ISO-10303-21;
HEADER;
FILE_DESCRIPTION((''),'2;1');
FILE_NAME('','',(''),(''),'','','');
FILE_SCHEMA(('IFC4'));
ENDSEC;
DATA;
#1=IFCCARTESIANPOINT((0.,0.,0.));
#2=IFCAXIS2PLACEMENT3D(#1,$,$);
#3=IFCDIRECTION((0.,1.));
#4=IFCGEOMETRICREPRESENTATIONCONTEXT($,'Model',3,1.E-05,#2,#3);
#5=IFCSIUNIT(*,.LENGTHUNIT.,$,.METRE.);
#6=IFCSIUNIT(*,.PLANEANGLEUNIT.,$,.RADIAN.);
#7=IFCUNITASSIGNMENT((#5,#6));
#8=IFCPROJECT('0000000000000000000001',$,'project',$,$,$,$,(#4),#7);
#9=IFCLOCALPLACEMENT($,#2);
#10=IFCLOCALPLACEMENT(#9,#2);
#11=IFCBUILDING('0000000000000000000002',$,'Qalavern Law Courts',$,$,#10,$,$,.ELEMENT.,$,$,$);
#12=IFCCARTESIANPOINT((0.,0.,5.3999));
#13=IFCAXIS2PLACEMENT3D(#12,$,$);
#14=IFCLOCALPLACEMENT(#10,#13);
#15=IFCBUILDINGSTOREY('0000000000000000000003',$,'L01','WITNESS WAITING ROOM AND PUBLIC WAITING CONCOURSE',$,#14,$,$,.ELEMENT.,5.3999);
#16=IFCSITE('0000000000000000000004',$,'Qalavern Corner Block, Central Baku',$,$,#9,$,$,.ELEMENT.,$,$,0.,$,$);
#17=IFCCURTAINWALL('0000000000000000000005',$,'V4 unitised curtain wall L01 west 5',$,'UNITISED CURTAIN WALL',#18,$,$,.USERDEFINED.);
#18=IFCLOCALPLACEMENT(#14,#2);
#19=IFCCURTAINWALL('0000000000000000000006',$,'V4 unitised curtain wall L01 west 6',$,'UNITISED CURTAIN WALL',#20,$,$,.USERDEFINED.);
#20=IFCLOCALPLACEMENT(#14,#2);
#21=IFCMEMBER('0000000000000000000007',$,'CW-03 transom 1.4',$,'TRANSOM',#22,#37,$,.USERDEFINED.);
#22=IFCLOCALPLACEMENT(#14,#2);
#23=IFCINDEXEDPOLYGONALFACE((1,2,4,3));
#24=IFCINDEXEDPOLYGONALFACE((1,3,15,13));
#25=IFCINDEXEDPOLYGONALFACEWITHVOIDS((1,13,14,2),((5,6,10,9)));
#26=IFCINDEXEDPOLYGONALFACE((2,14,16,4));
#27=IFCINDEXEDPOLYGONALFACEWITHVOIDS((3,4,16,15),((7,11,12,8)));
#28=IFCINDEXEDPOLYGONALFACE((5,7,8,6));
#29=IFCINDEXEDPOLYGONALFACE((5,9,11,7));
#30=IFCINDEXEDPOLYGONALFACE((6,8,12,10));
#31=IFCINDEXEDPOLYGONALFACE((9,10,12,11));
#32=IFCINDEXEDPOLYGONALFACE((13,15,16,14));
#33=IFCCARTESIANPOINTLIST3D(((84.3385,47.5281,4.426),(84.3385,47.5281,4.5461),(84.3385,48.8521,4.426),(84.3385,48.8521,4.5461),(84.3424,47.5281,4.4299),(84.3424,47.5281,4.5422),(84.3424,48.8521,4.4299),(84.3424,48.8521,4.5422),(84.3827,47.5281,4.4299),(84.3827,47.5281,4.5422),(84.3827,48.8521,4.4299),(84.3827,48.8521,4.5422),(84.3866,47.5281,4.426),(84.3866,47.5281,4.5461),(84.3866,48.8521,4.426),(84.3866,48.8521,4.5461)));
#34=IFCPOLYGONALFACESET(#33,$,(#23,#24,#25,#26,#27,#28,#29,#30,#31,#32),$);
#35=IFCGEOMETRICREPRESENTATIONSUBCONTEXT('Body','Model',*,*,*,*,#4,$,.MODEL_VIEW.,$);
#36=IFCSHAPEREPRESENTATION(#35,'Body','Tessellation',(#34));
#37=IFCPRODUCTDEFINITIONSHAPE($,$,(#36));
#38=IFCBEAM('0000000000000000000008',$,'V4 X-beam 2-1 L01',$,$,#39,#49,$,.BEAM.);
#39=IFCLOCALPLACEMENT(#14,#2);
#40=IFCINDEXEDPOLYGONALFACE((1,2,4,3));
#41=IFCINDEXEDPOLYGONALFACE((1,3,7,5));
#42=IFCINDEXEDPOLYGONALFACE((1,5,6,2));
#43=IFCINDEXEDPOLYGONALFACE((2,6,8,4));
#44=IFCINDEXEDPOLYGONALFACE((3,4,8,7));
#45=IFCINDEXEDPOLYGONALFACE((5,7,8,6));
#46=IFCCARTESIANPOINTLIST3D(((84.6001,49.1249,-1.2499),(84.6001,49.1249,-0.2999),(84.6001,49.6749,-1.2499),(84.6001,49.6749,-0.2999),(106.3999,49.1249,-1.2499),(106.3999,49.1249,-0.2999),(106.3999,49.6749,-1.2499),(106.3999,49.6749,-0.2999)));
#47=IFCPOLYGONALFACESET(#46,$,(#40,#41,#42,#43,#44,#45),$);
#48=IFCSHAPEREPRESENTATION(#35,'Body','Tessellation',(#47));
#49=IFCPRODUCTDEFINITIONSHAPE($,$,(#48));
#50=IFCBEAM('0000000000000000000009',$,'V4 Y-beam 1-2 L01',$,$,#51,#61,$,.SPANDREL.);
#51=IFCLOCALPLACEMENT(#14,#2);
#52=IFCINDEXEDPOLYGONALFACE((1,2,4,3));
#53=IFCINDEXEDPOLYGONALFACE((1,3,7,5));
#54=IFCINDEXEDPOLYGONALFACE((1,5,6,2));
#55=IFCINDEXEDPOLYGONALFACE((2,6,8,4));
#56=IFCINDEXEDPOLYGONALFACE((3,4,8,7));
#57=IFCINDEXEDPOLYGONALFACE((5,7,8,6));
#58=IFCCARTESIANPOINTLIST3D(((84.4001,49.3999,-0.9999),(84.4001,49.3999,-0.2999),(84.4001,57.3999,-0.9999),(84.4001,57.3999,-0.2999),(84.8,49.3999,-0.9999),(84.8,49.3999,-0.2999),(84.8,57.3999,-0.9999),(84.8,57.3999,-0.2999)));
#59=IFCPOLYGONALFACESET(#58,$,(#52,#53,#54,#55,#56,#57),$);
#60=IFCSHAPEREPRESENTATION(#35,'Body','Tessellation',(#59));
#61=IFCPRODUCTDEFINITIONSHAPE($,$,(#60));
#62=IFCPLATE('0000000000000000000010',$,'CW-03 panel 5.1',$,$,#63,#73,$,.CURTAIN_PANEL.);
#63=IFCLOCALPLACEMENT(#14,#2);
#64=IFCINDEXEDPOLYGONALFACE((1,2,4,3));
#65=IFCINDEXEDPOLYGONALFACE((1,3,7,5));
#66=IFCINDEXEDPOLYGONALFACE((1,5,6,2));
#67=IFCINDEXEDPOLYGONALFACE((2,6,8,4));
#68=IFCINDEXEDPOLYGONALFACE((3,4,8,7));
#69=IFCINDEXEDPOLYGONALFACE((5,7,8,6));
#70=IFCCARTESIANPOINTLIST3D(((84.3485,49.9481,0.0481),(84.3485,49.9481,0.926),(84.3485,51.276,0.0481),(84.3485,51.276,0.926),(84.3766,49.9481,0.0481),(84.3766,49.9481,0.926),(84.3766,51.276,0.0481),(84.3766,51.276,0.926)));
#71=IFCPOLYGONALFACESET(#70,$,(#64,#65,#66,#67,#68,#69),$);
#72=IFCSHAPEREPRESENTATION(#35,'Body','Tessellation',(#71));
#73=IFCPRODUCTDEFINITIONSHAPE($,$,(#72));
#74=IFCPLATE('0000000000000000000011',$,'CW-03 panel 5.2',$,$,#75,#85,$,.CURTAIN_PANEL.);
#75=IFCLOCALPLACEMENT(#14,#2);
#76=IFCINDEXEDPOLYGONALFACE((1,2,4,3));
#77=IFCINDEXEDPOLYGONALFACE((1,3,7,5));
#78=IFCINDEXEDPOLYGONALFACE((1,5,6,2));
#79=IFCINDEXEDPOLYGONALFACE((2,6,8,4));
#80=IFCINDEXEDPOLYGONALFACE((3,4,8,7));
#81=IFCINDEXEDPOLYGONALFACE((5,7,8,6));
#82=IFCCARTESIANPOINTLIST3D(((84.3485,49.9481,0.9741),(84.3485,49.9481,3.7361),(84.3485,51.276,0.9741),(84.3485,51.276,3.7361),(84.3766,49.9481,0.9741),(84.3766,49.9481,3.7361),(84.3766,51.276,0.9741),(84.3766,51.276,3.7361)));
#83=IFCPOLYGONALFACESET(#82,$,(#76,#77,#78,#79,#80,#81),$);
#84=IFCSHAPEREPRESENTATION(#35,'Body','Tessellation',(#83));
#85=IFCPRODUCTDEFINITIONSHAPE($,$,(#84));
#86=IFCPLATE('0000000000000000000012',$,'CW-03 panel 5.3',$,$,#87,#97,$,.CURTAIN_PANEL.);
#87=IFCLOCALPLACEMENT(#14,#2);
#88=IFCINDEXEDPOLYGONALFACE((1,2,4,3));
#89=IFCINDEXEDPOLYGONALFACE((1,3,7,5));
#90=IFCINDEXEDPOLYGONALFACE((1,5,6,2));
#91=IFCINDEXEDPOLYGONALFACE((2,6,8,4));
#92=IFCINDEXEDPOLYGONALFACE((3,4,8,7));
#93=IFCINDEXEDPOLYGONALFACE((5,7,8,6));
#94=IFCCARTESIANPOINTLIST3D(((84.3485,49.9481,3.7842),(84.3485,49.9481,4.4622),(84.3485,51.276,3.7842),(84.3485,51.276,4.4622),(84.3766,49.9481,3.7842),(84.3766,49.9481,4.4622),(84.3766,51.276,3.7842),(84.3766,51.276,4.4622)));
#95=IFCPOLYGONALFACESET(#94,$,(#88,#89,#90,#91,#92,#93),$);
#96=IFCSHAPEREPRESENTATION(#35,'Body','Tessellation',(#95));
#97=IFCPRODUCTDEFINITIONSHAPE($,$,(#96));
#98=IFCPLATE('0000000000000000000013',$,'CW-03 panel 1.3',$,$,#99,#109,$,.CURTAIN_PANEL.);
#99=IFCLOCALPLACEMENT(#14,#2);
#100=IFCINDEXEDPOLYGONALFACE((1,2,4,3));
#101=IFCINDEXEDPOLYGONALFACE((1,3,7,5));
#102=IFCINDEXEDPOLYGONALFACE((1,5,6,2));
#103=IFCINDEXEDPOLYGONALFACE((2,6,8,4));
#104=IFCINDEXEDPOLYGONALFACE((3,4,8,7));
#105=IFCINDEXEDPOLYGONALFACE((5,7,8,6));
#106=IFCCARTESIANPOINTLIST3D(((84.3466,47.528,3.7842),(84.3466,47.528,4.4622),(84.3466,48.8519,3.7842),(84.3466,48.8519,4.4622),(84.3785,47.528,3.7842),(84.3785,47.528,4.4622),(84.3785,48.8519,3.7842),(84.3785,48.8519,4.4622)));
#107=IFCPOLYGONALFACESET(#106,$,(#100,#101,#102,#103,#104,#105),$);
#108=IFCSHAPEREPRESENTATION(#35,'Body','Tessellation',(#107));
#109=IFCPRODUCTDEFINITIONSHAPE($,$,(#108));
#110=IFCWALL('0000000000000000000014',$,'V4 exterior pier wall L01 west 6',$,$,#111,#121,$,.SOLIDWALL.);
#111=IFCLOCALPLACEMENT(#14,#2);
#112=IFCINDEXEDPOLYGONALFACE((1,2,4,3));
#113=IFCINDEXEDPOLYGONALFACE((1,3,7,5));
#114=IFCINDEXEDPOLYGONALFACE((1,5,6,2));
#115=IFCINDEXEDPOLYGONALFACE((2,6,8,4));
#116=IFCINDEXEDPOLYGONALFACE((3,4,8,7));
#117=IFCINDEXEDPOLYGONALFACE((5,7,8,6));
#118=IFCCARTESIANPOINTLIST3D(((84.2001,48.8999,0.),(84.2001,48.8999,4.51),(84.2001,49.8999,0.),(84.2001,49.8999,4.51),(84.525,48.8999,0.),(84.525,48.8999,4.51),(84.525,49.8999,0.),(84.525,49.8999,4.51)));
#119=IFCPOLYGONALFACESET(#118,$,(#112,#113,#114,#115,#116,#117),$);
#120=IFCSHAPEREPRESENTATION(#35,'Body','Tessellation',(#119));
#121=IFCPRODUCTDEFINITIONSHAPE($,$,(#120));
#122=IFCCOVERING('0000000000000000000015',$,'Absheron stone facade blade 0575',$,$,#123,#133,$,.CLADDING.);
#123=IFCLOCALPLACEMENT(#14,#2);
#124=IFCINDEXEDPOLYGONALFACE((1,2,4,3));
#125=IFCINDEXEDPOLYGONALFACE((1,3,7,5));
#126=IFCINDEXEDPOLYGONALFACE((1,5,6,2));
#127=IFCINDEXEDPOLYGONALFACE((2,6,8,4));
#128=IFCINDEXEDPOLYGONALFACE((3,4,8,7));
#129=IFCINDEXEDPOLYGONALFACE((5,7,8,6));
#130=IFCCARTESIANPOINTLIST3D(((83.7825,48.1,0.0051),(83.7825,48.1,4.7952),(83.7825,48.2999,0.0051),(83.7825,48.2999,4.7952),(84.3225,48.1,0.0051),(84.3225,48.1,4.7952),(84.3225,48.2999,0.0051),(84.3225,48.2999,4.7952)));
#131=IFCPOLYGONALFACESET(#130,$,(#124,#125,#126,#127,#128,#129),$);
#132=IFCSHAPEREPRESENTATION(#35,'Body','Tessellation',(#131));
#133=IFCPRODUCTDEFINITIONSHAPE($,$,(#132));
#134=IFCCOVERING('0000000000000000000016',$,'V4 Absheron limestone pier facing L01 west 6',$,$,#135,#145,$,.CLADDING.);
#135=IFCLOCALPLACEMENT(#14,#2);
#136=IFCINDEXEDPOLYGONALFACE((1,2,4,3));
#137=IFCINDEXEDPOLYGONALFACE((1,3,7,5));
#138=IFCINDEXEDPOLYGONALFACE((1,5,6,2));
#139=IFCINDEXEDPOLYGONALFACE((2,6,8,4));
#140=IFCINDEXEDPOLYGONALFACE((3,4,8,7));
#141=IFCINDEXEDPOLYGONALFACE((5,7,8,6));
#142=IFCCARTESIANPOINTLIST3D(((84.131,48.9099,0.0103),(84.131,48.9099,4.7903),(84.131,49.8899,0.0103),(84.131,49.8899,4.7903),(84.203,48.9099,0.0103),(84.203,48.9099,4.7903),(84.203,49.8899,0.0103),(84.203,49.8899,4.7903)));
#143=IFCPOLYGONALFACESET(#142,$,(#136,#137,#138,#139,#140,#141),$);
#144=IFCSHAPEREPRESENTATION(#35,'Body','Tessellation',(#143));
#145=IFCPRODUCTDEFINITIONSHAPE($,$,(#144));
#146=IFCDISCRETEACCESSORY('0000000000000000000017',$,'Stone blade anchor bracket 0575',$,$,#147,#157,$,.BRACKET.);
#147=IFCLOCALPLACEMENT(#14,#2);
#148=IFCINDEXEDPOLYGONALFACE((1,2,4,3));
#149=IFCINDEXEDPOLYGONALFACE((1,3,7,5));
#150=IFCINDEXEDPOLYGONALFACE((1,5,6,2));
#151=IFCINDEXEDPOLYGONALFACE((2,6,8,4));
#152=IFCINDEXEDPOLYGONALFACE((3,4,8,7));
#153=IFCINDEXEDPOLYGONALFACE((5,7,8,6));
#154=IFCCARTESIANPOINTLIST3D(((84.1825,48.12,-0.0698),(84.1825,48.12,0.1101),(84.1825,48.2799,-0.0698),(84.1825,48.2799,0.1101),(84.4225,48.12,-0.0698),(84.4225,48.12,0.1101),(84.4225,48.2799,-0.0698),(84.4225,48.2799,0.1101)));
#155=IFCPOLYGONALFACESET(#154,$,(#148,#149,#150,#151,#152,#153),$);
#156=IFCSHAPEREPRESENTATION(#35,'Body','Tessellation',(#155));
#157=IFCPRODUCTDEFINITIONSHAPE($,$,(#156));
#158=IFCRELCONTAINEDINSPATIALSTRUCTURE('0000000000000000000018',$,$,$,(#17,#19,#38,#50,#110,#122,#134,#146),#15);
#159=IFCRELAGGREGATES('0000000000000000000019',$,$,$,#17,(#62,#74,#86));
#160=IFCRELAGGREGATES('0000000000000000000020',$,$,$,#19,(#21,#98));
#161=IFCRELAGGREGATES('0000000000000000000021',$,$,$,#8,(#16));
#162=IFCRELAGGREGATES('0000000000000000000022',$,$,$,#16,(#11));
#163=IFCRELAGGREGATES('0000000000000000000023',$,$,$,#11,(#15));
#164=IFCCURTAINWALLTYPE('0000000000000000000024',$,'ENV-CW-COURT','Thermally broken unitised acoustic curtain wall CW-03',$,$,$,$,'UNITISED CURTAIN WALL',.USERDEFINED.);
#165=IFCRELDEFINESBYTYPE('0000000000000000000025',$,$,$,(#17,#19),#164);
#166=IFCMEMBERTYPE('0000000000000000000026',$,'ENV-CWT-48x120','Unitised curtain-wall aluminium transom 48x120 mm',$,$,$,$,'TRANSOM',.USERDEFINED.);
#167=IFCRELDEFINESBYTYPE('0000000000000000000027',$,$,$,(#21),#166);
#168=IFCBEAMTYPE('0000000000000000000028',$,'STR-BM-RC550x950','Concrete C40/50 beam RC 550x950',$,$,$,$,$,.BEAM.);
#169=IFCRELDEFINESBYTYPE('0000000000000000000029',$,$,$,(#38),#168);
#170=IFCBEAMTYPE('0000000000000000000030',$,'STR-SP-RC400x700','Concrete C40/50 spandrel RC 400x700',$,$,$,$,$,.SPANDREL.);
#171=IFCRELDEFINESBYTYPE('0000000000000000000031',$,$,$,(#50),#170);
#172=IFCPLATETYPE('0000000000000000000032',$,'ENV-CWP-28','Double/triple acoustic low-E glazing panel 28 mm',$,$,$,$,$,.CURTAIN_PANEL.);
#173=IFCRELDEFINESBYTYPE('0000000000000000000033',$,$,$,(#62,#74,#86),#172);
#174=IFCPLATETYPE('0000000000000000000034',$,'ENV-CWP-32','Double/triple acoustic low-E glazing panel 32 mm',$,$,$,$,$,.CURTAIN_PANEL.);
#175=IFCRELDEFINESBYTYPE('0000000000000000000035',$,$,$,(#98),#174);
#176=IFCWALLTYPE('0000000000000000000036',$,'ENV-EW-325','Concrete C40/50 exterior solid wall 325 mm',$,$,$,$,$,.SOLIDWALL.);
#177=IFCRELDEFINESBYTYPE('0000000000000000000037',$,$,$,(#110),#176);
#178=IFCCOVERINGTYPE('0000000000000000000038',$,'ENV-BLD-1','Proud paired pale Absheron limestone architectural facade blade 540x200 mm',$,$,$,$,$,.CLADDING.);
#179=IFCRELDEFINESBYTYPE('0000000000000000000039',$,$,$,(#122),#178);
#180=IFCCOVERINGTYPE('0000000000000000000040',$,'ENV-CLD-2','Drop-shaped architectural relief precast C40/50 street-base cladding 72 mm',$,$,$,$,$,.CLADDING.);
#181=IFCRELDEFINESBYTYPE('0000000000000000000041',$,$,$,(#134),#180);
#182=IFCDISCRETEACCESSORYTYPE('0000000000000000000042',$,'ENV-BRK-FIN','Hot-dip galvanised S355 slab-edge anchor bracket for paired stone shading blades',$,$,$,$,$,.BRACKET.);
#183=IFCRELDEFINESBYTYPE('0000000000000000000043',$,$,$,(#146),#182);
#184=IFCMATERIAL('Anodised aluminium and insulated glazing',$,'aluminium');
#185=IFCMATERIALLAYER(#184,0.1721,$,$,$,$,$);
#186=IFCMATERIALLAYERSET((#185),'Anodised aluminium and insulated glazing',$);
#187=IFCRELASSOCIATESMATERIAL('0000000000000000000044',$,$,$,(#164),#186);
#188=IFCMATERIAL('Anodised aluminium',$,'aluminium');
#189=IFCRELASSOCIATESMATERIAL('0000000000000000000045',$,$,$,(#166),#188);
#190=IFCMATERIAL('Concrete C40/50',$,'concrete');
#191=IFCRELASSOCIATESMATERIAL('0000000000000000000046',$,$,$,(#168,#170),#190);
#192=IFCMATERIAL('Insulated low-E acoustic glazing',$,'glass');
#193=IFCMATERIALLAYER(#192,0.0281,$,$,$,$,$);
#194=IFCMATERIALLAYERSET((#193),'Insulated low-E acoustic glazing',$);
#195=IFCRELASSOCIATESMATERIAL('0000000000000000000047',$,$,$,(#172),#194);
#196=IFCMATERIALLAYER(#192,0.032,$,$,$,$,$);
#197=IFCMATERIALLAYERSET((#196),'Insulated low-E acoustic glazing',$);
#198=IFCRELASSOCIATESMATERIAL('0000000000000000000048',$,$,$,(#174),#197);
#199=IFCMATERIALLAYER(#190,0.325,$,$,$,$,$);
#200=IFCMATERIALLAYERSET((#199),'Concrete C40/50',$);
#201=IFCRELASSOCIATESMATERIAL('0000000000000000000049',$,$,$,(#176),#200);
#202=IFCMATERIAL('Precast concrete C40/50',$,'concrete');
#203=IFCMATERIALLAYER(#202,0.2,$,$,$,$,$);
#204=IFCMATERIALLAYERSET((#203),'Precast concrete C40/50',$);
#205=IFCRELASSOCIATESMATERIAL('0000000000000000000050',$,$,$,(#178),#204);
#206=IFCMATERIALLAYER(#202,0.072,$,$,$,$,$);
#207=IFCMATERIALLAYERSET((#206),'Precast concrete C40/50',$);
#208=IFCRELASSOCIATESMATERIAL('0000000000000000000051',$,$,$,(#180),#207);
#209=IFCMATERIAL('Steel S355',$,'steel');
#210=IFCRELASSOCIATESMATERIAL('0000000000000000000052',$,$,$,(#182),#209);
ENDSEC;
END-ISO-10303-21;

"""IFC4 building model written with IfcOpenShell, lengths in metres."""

from ifc_helpers import new_model, si_unit, direction, frame, frame_2d, origin, origin_2d, place, context, subcontext, project, spatial, rectangle, hollow_rectangle, extrude, material, layer, layer_set, material_profile, profile_set, type_object, element, aggregate, save


model = new_model("IFC4")

# Units and contexts
model_context = context("Model", 3, precision=1e-05, world=origin(), true_north=direction((0.0, 1.0)))
body_context = subcontext(model_context, "Body", "Model", "MODEL_VIEW")
ifc_project = project(units=[si_unit("LENGTHUNIT", "METRE"), si_unit("PLANEANGLEUNIT", "RADIAN")], contexts=[model_context])

# Site, building, storey
site_placement = place(None, origin())
site = spatial("IfcSite", under=ifc_project, at=site_placement, Name="Qalavern Corner Block, Central Baku", CompositionType="ELEMENT", RefElevation=0.0)
building_placement = place(site_placement, origin())
building = spatial("IfcBuilding", under=site, at=building_placement, Name="Qalavern Law Courts", CompositionType="ELEMENT")
storey_placement = place(building_placement, frame((0.0, 0.0, 5.3999)))
storey = spatial("IfcBuildingStorey", under=building, at=storey_placement, Name="L01", Description="WITNESS WAITING ROOM AND PUBLIC WAITING CONCOURSE", CompositionType="ELEMENT", Elevation=5.3999)

# Curtain wall
ifc_material_1 = material(Name="Anodised aluminium and insulated glazing", Category="aluminium")
ifc_layer_1 = layer(ifc_material_1, 0.1721)
ifc_layer_set_1 = layer_set([ifc_layer_1], Name="Anodised aluminium and insulated glazing")
curtain_wall_type = type_object("IfcCurtainWallType", Name="ENV-CW-COURT", Description="Thermally broken unitised acoustic curtain wall CW-03", ElementType="UNITISED CURTAIN WALL", PredefinedType="USERDEFINED", material=ifc_layer_set_1)
curtain_wall_1_placement = place(storey_placement, origin())
curtain_wall_1 = element("IfcCurtainWall", 1, at=curtain_wall_1_placement, inside=storey, type_object=curtain_wall_type, Name="V4 unitised curtain wall L01 west 5", ObjectType="UNITISED CURTAIN WALL", PredefinedType="USERDEFINED")
ifc_material_2 = material(Name="Anodised aluminium", Category="aluminium")

# Curtain wall
curtain_wall_2_placement = place(storey_placement, origin())
curtain_wall_2 = element("IfcCurtainWall", 2, at=curtain_wall_2_placement, inside=storey, type_object=curtain_wall_type, Name="V4 unitised curtain wall L01 west 6", ObjectType="UNITISED CURTAIN WALL", PredefinedType="USERDEFINED")

# Member
ifc_material_profile_1 = material_profile(ifc_material_2, hollow_rectangle(XDim=0.0481, YDim=0.1201, WallThickness=0.0039, at=origin_2d()), Name="ALU TRANSOM 48x120")
ifc_profile_set_1 = profile_set([ifc_material_profile_1], Name="Anodised aluminium")
member_type_1 = type_object("IfcMemberType", Name="ENV-CWT-48x120", Description="Unitised curtain-wall aluminium transom 48x120 mm", ElementType="TRANSOM", PredefinedType="USERDEFINED", material=ifc_profile_set_1)
member_1_placement = place(storey_placement, frame((84.3625, 48.8521, 4.4861), z_axis=(0.0, -1.0, 0.0), x_axis=(1.0, 0.0, 0.0)))
member_1 = element("IfcMember", 3, at=member_1_placement, type_object=member_type_1, Name="CW-03 transom 1.4", ObjectType="TRANSOM", PredefinedType="USERDEFINED", context=body_context, shape_type="SweptSolid", body=[
    extrude(hollow_rectangle(XDim=0.0481, YDim=0.1201, WallThickness=0.0039, at=origin_2d()), origin(), (0.0, 0.0, 1.0), 1.324),
])

# Beams
ifc_material_3 = material(Name="Concrete C40/50", Category="concrete")
ifc_material_profile_2 = material_profile(ifc_material_3, rectangle(XDim=0.55, YDim=0.95, at=origin_2d()), Name="RC 550x950")
ifc_profile_set_2 = profile_set([ifc_material_profile_2], Name="Concrete C40/50")
beam_type_1 = type_object("IfcBeamType", Name="STR-BM-RC550x950", Description="Concrete C40/50 beam RC 550x950", PredefinedType="BEAM", material=ifc_profile_set_2)
beam_1_placement = place(storey_placement, frame((84.6001, 49.3999, -0.7749), z_axis=(1.0, 0.0, 0.0), x_axis=(0.0, 1.0, 0.0)))
element("IfcBeam", 4, at=beam_1_placement, inside=storey, type_object=beam_type_1, Name="V4 X-beam 2-1 L01", PredefinedType="BEAM", context=body_context, shape_type="SweptSolid", body=[
    extrude(rectangle(XDim=0.55, YDim=0.95, at=origin_2d()), origin(), (0.0, 0.0, 1.0), 21.7998),
])
ifc_material_profile_3 = material_profile(ifc_material_3, rectangle(XDim=0.3999, YDim=0.7, at=origin_2d()), Name="RC 400x700")
ifc_profile_set_3 = profile_set([ifc_material_profile_3], Name="Concrete C40/50")
beam_type_2 = type_object("IfcBeamType", Name="STR-SP-RC400x700", Description="Concrete C40/50 spandrel RC 400x700", PredefinedType="SPANDREL", material=ifc_profile_set_3)
beam_2_placement = place(storey_placement, frame((84.6001, 49.3999, -0.6499), z_axis=(0.0, 1.0, 0.0), x_axis=(-1.0, 0.0, 0.0)))
element("IfcBeam", 5, at=beam_2_placement, inside=storey, type_object=beam_type_2, Name="V4 Y-beam 1-2 L01", PredefinedType="SPANDREL", context=body_context, shape_type="SweptSolid", body=[
    extrude(rectangle(XDim=0.3999, YDim=0.7, at=origin_2d()), origin(), (0.0, 0.0, 1.0), 8.0),
])

# Plates
ifc_material_4 = material(Name="Insulated low-E acoustic glazing", Category="glass")
ifc_layer_2 = layer(ifc_material_4, 0.0281)
ifc_layer_set_2 = layer_set([ifc_layer_2], Name="Insulated low-E acoustic glazing")
plate_type_1 = type_object("IfcPlateType", Name="ENV-CWP-28", Description="Double/triple acoustic low-E glazing panel 28 mm", PredefinedType="CURTAIN_PANEL", material=ifc_layer_set_2)
plate_1_placement = place(storey_placement, frame((84.3625, 50.6121, 0.0481), z_axis=(0.0, 0.0, 1.0), x_axis=(0.0, -1.0, 0.0)))
plate_1 = element("IfcPlate", 6, at=plate_1_placement, type_object=plate_type_1, Name="CW-03 panel 5.1", PredefinedType="CURTAIN_PANEL", context=body_context, shape_type="SweptSolid", body=[
    extrude(rectangle(XDim=1.3279, YDim=0.0281, at=origin_2d()), origin(), (0.0, 0.0, 1.0), 0.8779),
])
plate_2_placement = place(storey_placement, frame((84.3625, 50.6121, 0.9741), z_axis=(0.0, 0.0, 1.0), x_axis=(0.0, -1.0, 0.0)))
plate_2 = element("IfcPlate", 7, at=plate_2_placement, type_object=plate_type_1, Name="CW-03 panel 5.2", PredefinedType="CURTAIN_PANEL", context=body_context, shape_type="SweptSolid", body=[
    extrude(rectangle(XDim=1.3279, YDim=0.0281, at=origin_2d()), origin(), (0.0, 0.0, 1.0), 2.762),
])
plate_3_placement = place(storey_placement, frame((84.3625, 50.6121, 3.7842), z_axis=(0.0, 0.0, 1.0), x_axis=(0.0, -1.0, 0.0)))
plate_3 = element("IfcPlate", 8, at=plate_3_placement, type_object=plate_type_1, Name="CW-03 panel 5.3", PredefinedType="CURTAIN_PANEL", context=body_context, shape_type="SweptSolid", body=[
    extrude(rectangle(XDim=1.3279, YDim=0.0281, at=origin_2d()), origin(), (0.0, 0.0, 1.0), 0.678),
])
aggregate(curtain_wall_1, [plate_1, plate_2, plate_3])
ifc_layer_3 = layer(ifc_material_4, 0.032)
ifc_layer_set_3 = layer_set([ifc_layer_3], Name="Insulated low-E acoustic glazing")
plate_type_2 = type_object("IfcPlateType", Name="ENV-CWP-32", Description="Double/triple acoustic low-E glazing panel 32 mm", PredefinedType="CURTAIN_PANEL", material=ifc_layer_set_3)
plate_4_placement = place(storey_placement, frame((84.3625, 48.1899, 3.7842), z_axis=(0.0, 0.0, 1.0), x_axis=(0.0, -1.0, 0.0)))
plate_4 = element("IfcPlate", 9, at=plate_4_placement, type_object=plate_type_2, Name="CW-03 panel 1.3", PredefinedType="CURTAIN_PANEL", context=body_context, shape_type="SweptSolid", body=[
    extrude(rectangle(XDim=1.324, YDim=0.032, at=origin_2d()), origin(), (0.0, 0.0, 1.0), 0.678),
])
aggregate(curtain_wall_2, [member_1, plate_4])

# Wall
ifc_layer_4 = layer(ifc_material_3, 0.325)
ifc_layer_set_4 = layer_set([ifc_layer_4], Name="Concrete C40/50")
wall_type = type_object("IfcWallType", Name="ENV-EW-325", Description="Concrete C40/50 exterior solid wall 325 mm", PredefinedType="SOLIDWALL", material=ifc_layer_set_4)
wall_placement = place(storey_placement, frame((84.3625, 49.8999, 0.0), z_axis=(0.0, 0.0, 1.0), x_axis=(0.0, -1.0, 0.0)))
element("IfcWall", 10, at=wall_placement, inside=storey, type_object=wall_type, Name="V4 exterior pier wall L01 west 6", PredefinedType="SOLIDWALL", context=body_context, shape_type="SweptSolid", body=[
    extrude(rectangle(XDim=1.0, YDim=0.325, at=frame_2d((0.5, 0.0))), origin(), (0.0, 0.0, 1.0), 4.51),
])

# Coverings
ifc_material_5 = material(Name="Precast concrete C40/50", Category="concrete")
ifc_layer_5 = layer(ifc_material_5, 0.2)
ifc_layer_set_5 = layer_set([ifc_layer_5], Name="Precast concrete C40/50")
covering_type_1 = type_object("IfcCoveringType", Name="ENV-BLD-1", Description="Proud paired pale Absheron limestone architectural facade blade 540x200 mm", PredefinedType="CLADDING", material=ifc_layer_set_5)
covering_1_placement = place(storey_placement, frame((84.0525, 48.2, 0.0051), z_axis=(0.0, 0.0, 1.0), x_axis=(-1.0, 0.0, 0.0)))
element("IfcCovering", 11, at=covering_1_placement, inside=storey, type_object=covering_type_1, Name="Absheron stone facade blade 0575", PredefinedType="CLADDING", context=body_context, shape_type="SweptSolid", body=[
    extrude(rectangle(XDim=0.54, YDim=0.2, at=origin_2d()), origin(), (0.0, 0.0, 1.0), 4.79),
])
ifc_layer_6 = layer(ifc_material_5, 0.072)
ifc_layer_set_6 = layer_set([ifc_layer_6], Name="Precast concrete C40/50")
covering_type_2 = type_object("IfcCoveringType", Name="ENV-CLD-2", Description="Drop-shaped architectural relief precast C40/50 street-base cladding 72 mm", PredefinedType="CLADDING", material=ifc_layer_set_6)
covering_2_placement = place(storey_placement, frame((84.167, 49.3999, 0.0103), z_axis=(0.0, 0.0, 1.0), x_axis=(0.0, -1.0, 0.0)))
element("IfcCovering", 12, at=covering_2_placement, inside=storey, type_object=covering_type_2, Name="V4 Absheron limestone pier facing L01 west 6", PredefinedType="CLADDING", context=body_context, shape_type="SweptSolid", body=[
    extrude(rectangle(XDim=0.98, YDim=0.072, at=origin_2d()), origin(), (0.0, 0.0, 1.0), 4.78),
])

# Discrete accessory
ifc_material_6 = material(Name="Steel S355", Category="steel")
discrete_accessory_type = type_object("IfcDiscreteAccessoryType", Name="ENV-BRK-FIN", Description="Hot-dip galvanised S355 slab-edge anchor bracket for paired stone shading blades", PredefinedType="BRACKET", material=ifc_material_6)
discrete_accessory_placement = place(storey_placement, frame((84.3025, 48.2, -0.0698), z_axis=(0.0, 0.0, 1.0), x_axis=(-1.0, 0.0, 0.0)))
element("IfcDiscreteAccessory", 13, at=discrete_accessory_placement, inside=storey, type_object=discrete_accessory_type, Name="Stone blade anchor bracket 0575", PredefinedType="BRACKET", context=body_context, shape_type="SweptSolid", body=[
    extrude(rectangle(XDim=0.24, YDim=0.1599, at=origin_2d()), origin(), (0.0, 0.0, 1.0), 0.1799),
])

save(model, "model.ifc")
